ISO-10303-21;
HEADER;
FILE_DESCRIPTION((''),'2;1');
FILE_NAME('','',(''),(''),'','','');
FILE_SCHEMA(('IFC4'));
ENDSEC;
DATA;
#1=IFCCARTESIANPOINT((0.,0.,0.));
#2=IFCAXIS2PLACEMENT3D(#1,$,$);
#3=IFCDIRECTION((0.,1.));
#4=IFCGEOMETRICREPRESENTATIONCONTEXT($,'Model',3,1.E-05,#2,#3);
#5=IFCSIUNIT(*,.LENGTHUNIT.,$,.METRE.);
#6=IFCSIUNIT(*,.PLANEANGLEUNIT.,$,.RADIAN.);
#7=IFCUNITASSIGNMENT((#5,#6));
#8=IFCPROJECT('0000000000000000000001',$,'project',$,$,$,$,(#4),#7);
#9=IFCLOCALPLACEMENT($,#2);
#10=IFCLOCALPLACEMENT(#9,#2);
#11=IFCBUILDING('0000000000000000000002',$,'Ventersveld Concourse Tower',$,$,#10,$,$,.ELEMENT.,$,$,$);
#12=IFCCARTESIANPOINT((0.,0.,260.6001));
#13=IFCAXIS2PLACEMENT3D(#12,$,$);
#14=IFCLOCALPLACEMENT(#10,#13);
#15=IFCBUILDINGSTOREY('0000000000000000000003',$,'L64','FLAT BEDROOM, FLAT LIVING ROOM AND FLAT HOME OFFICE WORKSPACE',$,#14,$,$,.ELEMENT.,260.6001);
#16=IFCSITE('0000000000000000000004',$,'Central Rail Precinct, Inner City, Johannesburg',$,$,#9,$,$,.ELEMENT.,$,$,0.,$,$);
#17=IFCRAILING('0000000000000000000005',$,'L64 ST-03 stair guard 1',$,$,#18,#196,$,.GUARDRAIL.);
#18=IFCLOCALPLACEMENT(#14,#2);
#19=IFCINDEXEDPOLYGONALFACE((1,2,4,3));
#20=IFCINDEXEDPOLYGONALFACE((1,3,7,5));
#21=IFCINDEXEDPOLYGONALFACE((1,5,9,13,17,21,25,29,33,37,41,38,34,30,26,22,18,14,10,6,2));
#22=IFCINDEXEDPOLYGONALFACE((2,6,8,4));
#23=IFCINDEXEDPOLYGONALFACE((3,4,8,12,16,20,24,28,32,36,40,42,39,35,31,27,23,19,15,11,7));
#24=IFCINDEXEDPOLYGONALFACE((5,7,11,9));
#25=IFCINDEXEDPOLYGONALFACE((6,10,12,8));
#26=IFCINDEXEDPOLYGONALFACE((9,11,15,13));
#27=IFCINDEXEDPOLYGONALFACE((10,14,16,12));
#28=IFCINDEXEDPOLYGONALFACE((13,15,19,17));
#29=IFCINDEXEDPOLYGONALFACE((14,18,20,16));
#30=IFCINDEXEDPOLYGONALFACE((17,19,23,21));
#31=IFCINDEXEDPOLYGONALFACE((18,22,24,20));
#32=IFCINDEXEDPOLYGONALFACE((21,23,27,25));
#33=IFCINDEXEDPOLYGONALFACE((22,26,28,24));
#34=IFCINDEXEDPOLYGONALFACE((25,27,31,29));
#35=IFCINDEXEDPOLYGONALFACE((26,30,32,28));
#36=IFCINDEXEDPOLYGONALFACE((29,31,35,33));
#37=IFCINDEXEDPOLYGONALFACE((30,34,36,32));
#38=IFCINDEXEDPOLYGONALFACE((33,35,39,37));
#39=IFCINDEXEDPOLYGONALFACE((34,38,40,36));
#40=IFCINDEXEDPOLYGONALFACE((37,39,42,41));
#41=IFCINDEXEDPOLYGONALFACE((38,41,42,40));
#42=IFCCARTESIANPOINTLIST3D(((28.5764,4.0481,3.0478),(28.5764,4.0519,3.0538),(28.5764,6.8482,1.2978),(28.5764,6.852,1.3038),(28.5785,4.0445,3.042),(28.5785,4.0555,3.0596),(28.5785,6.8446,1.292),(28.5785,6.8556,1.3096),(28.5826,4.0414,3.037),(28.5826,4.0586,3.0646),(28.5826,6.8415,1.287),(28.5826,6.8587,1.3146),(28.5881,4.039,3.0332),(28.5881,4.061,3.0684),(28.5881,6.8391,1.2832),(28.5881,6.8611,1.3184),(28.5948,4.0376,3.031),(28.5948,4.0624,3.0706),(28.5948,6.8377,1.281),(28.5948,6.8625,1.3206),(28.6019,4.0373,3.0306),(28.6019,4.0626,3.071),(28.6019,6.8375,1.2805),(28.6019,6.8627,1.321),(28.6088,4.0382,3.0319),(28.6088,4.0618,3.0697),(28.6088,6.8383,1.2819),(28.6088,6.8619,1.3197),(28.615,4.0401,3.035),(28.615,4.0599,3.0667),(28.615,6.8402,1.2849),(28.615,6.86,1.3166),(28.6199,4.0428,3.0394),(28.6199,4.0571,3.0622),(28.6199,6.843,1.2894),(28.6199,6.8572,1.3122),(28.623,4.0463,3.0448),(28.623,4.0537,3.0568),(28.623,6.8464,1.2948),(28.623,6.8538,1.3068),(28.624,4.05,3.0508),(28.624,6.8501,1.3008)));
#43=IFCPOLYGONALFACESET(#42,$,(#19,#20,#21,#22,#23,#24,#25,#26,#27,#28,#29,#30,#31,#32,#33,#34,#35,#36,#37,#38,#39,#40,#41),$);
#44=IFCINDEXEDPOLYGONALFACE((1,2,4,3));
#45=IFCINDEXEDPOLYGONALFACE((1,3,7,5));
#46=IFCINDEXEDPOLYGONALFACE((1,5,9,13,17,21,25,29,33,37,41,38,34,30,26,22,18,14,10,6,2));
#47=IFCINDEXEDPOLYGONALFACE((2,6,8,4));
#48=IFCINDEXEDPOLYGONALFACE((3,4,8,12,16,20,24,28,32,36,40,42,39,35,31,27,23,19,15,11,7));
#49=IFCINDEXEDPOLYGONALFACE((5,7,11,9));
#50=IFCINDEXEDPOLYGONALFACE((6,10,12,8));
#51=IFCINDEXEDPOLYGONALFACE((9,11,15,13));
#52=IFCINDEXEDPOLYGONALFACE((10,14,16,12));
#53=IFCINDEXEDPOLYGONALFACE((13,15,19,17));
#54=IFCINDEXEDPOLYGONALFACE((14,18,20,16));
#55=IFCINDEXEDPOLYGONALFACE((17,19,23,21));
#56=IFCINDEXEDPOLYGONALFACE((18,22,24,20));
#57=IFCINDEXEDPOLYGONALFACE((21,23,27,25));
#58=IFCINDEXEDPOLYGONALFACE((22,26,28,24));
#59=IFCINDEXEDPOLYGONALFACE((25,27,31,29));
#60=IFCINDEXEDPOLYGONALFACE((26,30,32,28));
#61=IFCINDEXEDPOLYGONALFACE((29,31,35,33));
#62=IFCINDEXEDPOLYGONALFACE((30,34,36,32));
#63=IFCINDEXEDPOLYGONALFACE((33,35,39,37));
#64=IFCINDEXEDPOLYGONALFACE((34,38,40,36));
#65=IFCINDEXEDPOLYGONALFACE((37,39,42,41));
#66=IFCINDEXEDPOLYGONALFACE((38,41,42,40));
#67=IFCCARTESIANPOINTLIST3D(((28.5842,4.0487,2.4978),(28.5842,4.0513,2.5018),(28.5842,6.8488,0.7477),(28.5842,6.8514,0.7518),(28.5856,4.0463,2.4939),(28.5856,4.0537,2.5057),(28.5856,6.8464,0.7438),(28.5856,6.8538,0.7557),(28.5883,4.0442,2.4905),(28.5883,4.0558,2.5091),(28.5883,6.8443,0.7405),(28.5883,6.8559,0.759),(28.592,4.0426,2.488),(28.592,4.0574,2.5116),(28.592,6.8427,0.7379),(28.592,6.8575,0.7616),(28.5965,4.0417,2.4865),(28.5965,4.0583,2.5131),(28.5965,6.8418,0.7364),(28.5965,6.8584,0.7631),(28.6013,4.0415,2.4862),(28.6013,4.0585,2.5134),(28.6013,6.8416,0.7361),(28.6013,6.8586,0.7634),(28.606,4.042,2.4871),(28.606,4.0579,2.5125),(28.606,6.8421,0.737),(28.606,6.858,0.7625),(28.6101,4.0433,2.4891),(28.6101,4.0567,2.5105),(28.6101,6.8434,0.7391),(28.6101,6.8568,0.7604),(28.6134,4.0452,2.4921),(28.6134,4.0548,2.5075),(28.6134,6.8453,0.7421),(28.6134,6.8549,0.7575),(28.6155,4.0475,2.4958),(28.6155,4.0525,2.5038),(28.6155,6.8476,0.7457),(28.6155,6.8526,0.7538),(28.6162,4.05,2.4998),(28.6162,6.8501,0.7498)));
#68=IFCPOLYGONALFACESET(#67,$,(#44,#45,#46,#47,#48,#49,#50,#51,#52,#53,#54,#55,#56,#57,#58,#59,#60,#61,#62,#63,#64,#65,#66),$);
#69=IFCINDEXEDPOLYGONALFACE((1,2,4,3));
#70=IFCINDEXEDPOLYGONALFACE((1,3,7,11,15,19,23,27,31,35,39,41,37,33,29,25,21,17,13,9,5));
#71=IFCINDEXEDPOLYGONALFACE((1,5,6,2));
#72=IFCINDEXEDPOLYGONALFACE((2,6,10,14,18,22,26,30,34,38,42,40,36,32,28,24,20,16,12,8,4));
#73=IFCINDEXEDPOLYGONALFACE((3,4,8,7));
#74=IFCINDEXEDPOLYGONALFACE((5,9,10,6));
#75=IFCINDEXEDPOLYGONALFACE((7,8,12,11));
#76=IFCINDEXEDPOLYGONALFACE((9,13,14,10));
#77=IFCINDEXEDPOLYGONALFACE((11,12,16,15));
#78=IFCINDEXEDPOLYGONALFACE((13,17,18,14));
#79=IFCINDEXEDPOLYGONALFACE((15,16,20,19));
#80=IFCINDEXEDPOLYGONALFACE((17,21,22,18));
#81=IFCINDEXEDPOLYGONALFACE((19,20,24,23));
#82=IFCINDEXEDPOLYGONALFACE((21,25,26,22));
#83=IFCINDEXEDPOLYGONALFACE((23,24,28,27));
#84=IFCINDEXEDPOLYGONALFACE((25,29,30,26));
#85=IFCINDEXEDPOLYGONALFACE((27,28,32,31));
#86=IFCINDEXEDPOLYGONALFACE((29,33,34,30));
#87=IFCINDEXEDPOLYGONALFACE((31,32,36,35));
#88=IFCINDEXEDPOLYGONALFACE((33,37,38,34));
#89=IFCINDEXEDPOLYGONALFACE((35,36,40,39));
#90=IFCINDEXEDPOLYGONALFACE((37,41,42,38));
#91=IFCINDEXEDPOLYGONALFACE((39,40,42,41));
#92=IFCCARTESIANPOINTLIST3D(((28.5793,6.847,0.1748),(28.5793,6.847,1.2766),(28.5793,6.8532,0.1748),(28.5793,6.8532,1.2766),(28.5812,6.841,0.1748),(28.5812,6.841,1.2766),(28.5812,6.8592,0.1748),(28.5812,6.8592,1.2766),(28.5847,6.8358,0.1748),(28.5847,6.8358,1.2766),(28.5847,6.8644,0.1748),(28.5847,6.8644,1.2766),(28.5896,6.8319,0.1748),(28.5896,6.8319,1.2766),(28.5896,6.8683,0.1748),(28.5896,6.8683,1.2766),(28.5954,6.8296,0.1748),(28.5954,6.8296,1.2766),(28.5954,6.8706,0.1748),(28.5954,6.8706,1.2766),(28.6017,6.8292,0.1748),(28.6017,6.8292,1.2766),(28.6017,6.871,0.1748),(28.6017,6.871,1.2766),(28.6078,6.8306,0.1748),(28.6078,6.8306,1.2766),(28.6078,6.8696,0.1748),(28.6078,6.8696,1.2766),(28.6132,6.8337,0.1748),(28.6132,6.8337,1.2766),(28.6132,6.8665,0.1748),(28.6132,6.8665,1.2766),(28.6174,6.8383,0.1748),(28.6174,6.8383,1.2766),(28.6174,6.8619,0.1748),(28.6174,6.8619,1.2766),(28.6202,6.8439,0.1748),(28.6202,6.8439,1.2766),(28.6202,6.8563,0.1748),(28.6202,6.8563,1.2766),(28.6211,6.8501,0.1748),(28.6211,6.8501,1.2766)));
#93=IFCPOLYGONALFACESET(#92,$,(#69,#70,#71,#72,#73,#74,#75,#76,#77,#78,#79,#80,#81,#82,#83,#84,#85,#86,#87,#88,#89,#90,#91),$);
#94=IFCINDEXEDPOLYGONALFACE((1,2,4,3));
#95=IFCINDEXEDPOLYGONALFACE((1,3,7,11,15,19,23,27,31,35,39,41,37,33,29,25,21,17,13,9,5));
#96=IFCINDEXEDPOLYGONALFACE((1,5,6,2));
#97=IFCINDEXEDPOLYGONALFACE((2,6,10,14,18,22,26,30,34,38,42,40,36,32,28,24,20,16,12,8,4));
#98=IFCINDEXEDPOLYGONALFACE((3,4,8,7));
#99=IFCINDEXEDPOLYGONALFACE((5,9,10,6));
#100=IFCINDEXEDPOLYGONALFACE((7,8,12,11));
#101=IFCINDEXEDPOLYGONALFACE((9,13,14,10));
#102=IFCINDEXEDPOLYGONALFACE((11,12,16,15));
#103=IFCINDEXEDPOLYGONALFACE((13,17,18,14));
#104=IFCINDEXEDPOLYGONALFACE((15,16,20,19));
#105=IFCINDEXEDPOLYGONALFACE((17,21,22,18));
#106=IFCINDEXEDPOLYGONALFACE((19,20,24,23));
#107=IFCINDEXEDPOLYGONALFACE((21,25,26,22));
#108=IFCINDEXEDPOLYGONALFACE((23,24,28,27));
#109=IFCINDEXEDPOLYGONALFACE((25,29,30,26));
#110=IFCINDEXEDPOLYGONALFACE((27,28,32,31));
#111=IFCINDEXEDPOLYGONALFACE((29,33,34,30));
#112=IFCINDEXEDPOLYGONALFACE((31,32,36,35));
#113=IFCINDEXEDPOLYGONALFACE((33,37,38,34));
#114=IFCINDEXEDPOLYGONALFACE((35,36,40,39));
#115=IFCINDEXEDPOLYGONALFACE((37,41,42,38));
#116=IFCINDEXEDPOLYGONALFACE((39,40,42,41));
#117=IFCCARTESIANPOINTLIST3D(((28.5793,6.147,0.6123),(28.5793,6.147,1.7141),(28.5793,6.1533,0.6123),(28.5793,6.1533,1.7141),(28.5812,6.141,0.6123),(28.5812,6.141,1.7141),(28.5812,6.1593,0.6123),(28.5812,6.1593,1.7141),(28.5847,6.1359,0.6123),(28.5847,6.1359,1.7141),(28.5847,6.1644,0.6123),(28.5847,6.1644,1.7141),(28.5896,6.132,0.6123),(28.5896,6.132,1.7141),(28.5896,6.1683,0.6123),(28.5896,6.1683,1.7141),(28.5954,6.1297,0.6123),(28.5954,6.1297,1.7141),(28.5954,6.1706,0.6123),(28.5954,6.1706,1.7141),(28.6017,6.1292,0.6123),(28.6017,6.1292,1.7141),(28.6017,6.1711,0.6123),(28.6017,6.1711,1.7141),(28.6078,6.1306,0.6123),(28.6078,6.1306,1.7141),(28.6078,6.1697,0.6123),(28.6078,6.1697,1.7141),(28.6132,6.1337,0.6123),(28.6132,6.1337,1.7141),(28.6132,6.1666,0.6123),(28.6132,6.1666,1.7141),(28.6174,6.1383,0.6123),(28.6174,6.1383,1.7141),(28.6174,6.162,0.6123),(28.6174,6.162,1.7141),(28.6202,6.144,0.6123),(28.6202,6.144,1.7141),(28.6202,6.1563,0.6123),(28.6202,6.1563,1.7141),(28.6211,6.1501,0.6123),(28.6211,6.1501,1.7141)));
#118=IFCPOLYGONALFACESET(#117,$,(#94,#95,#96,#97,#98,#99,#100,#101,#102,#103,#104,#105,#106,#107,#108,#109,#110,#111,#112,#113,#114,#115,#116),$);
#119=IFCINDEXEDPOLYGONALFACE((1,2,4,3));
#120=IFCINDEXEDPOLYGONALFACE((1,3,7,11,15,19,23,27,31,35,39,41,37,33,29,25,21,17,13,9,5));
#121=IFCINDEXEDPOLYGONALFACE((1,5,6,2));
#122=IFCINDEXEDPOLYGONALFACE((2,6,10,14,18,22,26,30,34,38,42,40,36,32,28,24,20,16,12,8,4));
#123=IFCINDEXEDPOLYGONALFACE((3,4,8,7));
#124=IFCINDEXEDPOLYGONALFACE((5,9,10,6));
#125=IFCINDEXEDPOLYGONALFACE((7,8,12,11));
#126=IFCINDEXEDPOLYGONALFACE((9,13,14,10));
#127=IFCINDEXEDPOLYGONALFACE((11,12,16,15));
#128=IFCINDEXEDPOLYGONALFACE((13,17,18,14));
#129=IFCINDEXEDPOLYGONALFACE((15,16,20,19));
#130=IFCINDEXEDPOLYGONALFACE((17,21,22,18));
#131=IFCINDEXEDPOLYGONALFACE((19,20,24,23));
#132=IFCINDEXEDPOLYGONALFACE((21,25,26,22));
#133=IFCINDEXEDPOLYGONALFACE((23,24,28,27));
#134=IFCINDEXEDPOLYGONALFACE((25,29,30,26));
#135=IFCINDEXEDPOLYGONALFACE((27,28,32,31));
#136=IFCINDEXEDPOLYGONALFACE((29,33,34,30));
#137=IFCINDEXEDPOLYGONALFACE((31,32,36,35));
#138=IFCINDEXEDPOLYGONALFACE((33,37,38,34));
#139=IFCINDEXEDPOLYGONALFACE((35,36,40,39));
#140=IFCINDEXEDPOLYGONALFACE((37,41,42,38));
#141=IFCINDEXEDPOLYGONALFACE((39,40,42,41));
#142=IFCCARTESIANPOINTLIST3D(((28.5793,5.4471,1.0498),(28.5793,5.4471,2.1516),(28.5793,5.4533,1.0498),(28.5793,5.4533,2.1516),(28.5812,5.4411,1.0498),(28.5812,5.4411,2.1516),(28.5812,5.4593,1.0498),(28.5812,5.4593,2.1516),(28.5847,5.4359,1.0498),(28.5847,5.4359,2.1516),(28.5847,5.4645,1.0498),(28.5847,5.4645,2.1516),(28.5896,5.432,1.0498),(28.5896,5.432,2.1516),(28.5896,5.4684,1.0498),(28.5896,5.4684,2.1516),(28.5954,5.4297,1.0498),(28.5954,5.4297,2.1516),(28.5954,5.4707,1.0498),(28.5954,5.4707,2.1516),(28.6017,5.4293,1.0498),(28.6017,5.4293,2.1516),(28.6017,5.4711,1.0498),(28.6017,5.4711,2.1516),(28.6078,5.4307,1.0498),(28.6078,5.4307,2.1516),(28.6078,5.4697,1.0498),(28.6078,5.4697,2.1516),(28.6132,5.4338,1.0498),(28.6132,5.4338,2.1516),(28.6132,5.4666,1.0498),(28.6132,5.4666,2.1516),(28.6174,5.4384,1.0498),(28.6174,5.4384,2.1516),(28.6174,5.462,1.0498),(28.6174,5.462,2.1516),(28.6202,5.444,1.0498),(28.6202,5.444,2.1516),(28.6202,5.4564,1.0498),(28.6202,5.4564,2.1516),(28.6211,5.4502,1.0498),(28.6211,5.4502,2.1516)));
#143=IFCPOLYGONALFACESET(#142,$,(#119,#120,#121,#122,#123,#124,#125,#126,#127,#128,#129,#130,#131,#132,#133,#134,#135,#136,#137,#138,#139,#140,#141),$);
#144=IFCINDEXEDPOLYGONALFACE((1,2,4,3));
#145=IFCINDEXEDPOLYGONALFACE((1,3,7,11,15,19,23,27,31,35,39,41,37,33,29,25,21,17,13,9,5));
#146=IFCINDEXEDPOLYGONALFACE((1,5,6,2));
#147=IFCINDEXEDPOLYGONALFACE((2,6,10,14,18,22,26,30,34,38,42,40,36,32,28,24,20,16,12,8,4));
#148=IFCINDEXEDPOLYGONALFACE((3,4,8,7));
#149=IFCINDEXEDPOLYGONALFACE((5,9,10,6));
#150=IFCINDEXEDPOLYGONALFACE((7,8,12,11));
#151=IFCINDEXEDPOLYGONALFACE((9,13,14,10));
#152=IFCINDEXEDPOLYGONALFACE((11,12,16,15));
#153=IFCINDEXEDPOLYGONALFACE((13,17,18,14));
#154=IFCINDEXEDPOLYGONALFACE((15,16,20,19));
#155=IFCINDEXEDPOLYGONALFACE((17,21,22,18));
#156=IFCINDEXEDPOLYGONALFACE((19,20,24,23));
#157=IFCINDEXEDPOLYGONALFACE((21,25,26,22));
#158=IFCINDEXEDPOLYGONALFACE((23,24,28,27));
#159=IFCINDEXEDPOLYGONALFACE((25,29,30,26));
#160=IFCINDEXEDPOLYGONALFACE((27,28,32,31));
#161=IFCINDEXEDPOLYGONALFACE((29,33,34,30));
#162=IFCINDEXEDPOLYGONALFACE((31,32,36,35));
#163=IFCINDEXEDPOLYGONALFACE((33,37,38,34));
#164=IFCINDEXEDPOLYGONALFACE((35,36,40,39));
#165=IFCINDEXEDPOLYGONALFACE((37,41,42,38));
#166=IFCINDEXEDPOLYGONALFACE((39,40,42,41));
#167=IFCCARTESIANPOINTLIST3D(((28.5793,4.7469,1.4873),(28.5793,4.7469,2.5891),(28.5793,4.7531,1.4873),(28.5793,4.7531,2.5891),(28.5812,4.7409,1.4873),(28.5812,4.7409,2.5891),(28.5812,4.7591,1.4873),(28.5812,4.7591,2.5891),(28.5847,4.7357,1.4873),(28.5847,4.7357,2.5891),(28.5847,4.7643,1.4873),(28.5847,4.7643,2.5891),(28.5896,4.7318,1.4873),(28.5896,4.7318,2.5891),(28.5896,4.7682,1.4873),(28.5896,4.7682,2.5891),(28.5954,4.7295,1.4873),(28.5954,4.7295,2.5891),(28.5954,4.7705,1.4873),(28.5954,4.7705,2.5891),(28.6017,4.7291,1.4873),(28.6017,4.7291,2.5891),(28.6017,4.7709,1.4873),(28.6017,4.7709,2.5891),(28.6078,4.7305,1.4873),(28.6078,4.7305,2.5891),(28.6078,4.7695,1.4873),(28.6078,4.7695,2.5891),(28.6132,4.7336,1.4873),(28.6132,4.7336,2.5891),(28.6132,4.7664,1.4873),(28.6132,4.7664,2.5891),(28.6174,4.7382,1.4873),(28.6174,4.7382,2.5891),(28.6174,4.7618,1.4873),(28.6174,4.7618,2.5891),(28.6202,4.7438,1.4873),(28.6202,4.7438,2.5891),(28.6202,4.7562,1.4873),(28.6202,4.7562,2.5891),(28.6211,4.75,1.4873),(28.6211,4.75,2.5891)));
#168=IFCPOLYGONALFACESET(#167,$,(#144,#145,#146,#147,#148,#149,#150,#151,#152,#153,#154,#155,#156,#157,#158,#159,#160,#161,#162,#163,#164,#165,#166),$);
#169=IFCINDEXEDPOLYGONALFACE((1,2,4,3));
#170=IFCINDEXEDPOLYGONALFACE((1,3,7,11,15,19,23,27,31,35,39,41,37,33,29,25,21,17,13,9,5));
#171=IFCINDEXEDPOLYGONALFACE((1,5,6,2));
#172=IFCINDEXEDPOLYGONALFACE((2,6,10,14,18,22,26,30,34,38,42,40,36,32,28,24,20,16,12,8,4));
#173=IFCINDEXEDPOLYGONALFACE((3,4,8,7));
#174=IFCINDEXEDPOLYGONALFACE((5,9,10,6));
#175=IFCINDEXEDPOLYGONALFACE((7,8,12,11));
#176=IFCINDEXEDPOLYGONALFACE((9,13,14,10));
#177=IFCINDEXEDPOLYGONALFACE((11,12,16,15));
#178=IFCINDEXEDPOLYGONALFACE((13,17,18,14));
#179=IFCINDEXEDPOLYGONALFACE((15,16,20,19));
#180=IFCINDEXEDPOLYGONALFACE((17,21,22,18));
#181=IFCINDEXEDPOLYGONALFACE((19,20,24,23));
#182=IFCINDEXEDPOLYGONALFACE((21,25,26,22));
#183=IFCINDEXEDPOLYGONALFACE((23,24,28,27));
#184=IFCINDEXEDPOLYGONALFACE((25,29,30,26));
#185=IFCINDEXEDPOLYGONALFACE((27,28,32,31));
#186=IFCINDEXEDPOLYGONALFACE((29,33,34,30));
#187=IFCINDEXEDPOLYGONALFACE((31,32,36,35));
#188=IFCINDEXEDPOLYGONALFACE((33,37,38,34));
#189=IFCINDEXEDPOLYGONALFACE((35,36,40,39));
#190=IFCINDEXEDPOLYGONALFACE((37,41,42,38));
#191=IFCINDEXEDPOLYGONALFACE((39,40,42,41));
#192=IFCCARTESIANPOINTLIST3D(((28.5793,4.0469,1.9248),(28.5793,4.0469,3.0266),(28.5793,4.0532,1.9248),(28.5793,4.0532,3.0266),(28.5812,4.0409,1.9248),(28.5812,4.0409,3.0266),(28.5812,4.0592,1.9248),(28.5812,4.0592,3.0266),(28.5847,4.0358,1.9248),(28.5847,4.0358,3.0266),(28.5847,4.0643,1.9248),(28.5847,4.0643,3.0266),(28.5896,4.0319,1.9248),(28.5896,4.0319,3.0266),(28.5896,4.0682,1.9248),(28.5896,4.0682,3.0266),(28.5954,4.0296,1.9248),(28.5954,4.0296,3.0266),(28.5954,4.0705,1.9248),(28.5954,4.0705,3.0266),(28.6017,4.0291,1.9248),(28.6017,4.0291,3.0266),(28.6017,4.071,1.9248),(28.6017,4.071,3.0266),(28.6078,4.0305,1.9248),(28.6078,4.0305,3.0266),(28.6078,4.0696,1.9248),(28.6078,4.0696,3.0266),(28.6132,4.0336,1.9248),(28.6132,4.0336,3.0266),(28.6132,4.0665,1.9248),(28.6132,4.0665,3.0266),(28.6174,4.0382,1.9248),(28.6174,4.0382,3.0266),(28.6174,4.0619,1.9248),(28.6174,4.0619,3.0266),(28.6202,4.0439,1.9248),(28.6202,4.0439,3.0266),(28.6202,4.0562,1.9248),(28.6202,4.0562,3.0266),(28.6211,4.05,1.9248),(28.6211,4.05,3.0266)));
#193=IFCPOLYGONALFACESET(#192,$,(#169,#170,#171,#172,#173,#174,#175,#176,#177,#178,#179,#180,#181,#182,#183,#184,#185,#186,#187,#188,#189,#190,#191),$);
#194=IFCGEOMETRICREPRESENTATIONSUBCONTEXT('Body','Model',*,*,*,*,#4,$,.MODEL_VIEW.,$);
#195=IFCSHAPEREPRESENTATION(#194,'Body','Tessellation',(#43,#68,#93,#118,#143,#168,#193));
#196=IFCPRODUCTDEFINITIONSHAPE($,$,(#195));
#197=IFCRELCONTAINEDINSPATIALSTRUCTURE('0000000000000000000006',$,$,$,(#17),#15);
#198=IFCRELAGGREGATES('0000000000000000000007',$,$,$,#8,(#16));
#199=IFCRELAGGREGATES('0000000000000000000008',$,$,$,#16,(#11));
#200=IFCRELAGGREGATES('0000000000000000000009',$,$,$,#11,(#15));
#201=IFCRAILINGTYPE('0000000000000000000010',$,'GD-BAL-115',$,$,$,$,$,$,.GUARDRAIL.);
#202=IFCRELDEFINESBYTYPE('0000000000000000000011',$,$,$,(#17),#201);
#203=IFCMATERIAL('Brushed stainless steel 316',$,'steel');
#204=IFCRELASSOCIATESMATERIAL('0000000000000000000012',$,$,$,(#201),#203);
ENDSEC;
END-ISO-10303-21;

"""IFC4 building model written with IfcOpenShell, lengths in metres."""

from ifc_helpers import new_model, si_unit, direction, frame, origin, origin_2d, place, context, subcontext, project, spatial, circle, extrude, material, type_object, element, save


model = new_model("IFC4")

# Units and contexts
model_context = context("Model", 3, precision=1e-05, world=origin(), true_north=direction((0.0, 1.0)))
body_context = subcontext(model_context, "Body", "Model", "MODEL_VIEW")
ifc_project = project(units=[si_unit("LENGTHUNIT", "METRE"), si_unit("PLANEANGLEUNIT", "RADIAN")], contexts=[model_context])

# Site, building, storey
site_placement = place(None, origin())
site = spatial("IfcSite", under=ifc_project, at=site_placement, Name="Central Rail Precinct, Inner City, Johannesburg", CompositionType="ELEMENT", RefElevation=0.0)
building_placement = place(site_placement, origin())
building = spatial("IfcBuilding", under=site, at=building_placement, Name="Ventersveld Concourse Tower", CompositionType="ELEMENT")
storey_placement = place(building_placement, frame((0.0, 0.0, 260.6001)))
storey = spatial("IfcBuildingStorey", under=building, at=storey_placement, Name="L64", Description="FLAT BEDROOM, FLAT LIVING ROOM AND FLAT HOME OFFICE WORKSPACE", CompositionType="ELEMENT", Elevation=260.6001)

# Railing
ifc_material_1 = material(Name="Brushed stainless steel 316", Category="steel")
railing_type_1 = type_object("IfcRailingType", Name="GD-BAL-115", PredefinedType="GUARDRAIL", material=ifc_material_1)
railing_1_placement = place(storey_placement, frame((28.6001, 6.8501, 0.1748)))
element("IfcRailing", 1, at=railing_1_placement, inside=storey, type_object=railing_type_1, Name="L64 ST-03 stair guard 1", PredefinedType="GUARDRAIL", context=body_context, shape_type="SweptSolid", body=[
    extrude(circle(Radius=0.0239, at=origin_2d()), frame((0.0, 0.0, 1.126), z_axis=(0.0, -0.848002, 0.529992), x_axis=(1.0, 0.0, 0.0)), (0.0, 0.0, 1.0), 3.302),
    extrude(circle(Radius=0.0161, at=origin_2d()), frame((0.0, 0.0, 0.575), z_axis=(0.0, -0.848002, 0.529992), x_axis=(1.0, 0.0, 0.0)), (0.0, 0.0, 1.0), 3.302),
    extrude(circle(Radius=0.021, at=origin_2d()), origin(), (0.0, 0.0, 1.0), 1.1018),
    extrude(circle(Radius=0.021, at=origin_2d()), frame((0.0, -0.7, 0.4375)), (0.0, 0.0, 1.0), 1.1018),
    extrude(circle(Radius=0.021, at=origin_2d()), frame((0.0, -1.3999, 0.875)), (0.0, 0.0, 1.0), 1.1018),
    extrude(circle(Radius=0.021, at=origin_2d()), frame((0.0, -2.1001, 1.3125)), (0.0, 0.0, 1.0), 1.1018),
    extrude(circle(Radius=0.021, at=origin_2d()), frame((0.0, -2.8, 1.75)), (0.0, 0.0, 1.0), 1.1018),
])

save(model, "model.ifc")
